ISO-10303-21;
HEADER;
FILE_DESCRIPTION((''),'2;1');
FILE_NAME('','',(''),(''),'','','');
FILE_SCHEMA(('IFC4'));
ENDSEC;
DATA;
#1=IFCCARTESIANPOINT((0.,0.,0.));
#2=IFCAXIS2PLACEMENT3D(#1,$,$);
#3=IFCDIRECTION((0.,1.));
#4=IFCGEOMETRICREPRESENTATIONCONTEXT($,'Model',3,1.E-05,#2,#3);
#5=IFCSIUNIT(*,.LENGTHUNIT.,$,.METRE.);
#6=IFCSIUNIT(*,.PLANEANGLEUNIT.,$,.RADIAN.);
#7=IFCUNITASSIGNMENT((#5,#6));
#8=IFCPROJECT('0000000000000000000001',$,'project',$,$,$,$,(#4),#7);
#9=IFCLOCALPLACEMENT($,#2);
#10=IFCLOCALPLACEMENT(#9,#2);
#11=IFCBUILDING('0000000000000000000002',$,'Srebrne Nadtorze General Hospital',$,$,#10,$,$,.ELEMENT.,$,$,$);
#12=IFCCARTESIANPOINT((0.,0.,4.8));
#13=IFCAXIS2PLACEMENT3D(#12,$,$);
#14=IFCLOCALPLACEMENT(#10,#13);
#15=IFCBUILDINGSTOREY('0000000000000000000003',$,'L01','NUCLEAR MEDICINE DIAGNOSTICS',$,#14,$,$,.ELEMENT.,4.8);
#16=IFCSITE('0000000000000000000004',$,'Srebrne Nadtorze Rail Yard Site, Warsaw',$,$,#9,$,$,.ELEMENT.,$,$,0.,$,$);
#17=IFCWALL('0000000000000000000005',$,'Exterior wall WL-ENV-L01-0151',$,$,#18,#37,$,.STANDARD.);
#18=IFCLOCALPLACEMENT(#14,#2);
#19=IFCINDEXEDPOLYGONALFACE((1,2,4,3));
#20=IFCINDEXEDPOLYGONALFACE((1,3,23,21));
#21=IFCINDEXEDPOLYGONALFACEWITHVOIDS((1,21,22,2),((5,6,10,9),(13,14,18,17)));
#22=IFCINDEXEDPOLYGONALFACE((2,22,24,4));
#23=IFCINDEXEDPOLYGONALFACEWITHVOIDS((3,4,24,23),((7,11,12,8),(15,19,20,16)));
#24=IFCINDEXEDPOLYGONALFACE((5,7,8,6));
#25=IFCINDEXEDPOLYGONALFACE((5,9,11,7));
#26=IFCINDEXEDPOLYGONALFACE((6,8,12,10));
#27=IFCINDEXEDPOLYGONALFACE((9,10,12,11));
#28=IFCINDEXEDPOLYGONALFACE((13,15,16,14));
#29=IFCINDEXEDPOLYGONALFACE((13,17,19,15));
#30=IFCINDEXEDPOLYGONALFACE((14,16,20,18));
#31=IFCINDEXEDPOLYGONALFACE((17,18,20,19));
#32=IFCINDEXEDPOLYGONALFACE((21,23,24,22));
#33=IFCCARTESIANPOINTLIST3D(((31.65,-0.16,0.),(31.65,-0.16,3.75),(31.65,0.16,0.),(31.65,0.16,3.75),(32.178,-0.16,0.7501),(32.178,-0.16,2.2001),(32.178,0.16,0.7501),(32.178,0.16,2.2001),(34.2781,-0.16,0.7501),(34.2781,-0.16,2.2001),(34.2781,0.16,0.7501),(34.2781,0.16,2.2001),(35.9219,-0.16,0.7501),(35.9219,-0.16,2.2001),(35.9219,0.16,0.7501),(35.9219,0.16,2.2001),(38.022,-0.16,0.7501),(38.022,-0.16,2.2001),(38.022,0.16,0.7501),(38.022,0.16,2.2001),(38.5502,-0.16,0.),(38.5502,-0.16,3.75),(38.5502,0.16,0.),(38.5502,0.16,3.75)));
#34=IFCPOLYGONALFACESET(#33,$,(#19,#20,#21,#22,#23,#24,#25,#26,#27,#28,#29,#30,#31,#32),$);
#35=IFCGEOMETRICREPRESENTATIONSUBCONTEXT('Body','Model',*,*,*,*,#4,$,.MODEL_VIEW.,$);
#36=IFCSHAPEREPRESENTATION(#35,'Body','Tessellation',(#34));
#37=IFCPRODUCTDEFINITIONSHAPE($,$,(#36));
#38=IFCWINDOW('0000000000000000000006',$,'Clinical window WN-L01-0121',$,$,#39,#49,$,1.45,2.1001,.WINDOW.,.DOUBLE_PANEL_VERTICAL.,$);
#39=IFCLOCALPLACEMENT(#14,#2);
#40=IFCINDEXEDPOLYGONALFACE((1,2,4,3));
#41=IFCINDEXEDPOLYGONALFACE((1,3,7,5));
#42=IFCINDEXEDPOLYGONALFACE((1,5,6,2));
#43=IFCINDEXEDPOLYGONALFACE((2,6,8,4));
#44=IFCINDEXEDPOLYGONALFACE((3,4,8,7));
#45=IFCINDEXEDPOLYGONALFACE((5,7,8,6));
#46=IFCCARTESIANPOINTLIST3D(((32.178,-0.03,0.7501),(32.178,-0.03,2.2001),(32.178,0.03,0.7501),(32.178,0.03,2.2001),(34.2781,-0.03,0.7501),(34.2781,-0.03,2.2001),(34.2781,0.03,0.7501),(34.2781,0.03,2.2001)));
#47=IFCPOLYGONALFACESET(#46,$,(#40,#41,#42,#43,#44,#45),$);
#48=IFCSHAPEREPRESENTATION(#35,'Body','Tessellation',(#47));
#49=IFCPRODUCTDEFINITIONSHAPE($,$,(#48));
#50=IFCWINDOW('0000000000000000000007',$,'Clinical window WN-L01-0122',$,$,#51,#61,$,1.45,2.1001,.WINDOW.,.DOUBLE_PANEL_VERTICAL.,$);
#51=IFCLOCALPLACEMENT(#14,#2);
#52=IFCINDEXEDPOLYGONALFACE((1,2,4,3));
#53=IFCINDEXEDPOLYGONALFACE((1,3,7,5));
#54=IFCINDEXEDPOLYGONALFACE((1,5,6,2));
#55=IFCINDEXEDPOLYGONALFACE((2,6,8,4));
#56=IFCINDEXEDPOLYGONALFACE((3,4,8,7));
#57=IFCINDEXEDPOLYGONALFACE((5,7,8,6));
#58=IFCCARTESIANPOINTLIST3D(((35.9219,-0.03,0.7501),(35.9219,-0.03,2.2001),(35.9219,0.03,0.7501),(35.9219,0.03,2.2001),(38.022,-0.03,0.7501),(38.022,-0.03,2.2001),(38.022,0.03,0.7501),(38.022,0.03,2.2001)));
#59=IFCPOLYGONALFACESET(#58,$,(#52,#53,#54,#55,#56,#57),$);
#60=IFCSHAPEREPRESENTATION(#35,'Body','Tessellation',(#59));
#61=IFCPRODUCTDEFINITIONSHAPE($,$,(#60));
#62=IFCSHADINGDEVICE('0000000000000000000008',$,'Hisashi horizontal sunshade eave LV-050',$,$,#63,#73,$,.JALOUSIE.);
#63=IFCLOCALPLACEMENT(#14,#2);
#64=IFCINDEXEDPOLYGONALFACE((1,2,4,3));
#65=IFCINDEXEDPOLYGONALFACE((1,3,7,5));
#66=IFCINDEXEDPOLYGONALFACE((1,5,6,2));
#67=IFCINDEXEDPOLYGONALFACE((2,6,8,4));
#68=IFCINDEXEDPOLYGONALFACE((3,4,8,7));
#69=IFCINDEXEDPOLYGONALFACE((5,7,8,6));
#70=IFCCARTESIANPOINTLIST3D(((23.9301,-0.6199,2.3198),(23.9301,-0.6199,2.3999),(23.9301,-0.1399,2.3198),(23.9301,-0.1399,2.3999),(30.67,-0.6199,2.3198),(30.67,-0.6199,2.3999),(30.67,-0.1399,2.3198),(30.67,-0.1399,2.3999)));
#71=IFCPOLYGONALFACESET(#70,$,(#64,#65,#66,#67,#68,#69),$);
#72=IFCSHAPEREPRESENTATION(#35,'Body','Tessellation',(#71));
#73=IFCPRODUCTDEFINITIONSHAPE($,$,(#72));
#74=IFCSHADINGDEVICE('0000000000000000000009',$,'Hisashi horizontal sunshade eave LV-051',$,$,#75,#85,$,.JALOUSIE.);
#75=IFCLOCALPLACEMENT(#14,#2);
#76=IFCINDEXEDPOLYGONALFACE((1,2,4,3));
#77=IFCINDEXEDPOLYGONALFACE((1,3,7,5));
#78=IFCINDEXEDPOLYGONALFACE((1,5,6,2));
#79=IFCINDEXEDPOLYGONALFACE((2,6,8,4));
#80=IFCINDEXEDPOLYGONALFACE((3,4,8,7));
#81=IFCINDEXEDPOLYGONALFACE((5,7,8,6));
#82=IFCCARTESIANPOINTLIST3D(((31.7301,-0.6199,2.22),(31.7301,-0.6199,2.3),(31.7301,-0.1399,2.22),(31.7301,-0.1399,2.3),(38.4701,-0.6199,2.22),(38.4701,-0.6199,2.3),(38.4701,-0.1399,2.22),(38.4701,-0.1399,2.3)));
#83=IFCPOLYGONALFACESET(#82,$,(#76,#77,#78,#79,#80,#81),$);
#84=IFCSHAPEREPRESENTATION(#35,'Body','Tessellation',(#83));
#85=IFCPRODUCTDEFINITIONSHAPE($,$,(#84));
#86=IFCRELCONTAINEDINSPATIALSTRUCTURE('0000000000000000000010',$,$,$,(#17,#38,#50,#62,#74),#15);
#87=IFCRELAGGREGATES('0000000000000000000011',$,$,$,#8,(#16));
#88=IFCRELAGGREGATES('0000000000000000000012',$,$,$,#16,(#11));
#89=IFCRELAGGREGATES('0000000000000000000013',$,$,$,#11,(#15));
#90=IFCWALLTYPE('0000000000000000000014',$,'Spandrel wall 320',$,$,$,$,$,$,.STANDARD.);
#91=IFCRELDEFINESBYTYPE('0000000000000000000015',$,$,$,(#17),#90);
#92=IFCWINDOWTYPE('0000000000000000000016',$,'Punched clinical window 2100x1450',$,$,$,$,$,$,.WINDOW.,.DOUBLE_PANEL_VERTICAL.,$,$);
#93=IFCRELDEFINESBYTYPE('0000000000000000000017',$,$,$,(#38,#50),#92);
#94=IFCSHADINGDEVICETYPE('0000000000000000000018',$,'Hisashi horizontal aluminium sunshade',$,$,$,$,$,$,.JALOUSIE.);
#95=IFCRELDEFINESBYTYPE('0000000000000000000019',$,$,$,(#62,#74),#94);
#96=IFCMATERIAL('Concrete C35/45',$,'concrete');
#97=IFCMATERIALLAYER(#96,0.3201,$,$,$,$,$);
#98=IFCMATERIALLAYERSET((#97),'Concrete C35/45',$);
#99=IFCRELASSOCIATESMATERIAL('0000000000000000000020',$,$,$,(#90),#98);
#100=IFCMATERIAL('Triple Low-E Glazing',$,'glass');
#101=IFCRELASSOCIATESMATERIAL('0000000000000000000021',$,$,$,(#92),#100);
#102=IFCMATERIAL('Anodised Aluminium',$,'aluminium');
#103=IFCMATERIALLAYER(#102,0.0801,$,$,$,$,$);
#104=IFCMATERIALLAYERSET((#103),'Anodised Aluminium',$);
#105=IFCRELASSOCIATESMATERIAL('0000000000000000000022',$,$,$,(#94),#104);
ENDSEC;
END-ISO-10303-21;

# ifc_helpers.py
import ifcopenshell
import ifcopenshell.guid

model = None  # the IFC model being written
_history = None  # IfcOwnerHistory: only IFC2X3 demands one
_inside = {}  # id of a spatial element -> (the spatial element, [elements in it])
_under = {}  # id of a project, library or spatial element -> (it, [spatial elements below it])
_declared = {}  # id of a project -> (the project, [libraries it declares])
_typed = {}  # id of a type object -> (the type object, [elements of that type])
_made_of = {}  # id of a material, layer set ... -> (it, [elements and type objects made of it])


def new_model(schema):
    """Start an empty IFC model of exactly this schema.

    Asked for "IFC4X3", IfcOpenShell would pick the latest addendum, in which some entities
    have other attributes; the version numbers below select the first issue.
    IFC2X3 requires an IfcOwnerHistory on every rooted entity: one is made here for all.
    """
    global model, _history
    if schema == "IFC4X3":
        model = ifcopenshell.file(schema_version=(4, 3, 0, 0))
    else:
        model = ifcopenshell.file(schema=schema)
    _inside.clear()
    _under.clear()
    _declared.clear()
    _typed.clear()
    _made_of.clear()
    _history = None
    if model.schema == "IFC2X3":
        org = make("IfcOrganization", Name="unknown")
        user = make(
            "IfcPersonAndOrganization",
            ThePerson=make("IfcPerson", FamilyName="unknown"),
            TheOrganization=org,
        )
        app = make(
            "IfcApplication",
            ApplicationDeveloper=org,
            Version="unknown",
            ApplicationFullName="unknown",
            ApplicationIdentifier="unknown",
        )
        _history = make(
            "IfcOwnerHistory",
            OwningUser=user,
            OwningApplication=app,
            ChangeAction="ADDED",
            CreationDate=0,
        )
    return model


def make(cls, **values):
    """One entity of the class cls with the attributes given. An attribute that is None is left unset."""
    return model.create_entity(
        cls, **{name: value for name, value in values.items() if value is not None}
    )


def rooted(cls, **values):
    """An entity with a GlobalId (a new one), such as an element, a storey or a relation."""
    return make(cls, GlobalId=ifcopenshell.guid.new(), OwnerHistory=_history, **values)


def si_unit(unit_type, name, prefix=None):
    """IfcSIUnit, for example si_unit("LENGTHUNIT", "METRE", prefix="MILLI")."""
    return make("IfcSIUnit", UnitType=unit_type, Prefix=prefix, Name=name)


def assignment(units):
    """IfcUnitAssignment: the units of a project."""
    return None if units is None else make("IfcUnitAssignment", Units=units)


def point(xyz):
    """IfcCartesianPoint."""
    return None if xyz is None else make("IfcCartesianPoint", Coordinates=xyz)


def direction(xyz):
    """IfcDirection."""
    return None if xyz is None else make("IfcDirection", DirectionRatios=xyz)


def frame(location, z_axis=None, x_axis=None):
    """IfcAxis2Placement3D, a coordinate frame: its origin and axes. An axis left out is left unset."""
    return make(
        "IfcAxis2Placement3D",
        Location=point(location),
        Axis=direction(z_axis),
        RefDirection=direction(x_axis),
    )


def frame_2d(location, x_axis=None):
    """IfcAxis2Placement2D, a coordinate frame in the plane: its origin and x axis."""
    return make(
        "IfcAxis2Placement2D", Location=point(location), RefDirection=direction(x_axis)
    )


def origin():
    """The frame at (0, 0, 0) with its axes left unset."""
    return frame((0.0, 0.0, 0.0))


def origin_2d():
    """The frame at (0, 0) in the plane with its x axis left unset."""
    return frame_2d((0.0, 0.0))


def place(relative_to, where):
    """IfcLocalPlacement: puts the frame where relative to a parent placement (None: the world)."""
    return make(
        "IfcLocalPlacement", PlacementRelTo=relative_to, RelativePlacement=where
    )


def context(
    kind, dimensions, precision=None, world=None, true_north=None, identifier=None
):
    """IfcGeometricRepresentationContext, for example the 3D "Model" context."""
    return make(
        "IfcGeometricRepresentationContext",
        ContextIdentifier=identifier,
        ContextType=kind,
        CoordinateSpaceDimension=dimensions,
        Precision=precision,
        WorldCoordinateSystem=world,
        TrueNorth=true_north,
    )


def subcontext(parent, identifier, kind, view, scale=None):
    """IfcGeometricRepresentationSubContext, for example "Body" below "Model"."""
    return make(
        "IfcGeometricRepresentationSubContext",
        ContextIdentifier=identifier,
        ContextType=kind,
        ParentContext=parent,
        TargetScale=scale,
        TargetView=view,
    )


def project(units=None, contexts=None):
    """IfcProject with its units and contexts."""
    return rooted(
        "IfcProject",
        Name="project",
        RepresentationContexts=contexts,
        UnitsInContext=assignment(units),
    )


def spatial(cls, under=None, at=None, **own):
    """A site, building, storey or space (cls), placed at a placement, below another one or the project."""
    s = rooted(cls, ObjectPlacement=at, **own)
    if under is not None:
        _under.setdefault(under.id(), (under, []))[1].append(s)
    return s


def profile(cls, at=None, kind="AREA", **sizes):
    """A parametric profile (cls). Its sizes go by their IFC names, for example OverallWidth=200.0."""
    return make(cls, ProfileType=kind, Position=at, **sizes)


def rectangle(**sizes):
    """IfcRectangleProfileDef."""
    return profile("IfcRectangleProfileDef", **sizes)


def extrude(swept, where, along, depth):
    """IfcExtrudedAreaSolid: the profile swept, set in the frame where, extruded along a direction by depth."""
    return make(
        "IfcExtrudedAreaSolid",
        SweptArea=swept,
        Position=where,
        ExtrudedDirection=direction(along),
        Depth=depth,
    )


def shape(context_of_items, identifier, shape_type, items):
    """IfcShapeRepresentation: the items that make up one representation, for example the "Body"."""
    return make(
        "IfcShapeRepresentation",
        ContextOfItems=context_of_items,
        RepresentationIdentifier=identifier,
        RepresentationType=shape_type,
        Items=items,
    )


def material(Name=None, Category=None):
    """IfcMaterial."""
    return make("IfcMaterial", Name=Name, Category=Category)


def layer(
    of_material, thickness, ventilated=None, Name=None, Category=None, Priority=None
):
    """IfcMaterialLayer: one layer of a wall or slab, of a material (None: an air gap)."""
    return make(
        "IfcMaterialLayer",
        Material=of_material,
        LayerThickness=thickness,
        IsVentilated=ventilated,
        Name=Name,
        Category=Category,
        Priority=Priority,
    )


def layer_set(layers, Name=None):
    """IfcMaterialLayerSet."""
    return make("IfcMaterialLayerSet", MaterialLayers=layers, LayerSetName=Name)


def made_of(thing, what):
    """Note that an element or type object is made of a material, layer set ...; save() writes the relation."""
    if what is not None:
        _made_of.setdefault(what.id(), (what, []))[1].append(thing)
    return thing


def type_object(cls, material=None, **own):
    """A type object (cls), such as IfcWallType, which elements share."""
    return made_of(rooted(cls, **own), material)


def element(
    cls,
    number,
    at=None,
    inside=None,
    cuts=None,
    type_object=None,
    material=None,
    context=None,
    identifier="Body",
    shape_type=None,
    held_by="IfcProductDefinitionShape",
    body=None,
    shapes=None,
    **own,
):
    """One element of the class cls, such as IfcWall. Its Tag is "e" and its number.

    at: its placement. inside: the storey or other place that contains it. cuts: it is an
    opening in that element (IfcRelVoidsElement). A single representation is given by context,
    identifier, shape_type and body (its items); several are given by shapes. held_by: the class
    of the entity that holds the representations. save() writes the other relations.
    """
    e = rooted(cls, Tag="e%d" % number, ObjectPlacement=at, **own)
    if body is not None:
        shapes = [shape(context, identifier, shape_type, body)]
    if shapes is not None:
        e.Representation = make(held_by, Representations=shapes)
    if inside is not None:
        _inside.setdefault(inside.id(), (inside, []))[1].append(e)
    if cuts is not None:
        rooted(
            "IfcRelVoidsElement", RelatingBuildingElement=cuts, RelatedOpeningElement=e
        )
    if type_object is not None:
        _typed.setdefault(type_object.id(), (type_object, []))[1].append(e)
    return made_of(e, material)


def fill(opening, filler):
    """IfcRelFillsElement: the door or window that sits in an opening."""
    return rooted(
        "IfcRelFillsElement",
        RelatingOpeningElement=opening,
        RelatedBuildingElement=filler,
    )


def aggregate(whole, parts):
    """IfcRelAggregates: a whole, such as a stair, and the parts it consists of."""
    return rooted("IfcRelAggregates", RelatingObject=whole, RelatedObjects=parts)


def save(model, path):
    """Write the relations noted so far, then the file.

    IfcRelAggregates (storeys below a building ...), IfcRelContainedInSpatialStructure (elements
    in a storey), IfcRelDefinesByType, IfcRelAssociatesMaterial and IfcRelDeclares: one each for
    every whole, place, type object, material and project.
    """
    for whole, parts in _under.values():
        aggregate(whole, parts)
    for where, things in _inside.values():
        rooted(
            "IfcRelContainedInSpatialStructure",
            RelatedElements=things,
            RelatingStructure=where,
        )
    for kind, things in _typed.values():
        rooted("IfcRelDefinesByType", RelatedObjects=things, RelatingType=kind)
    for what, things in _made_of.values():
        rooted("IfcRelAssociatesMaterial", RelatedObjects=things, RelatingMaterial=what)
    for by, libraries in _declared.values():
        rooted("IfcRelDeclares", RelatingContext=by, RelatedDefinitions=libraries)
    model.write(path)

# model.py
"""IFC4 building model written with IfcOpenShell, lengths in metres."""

from ifc_helpers import new_model, si_unit, direction, frame, frame_2d, origin, origin_2d, place, context, subcontext, project, spatial, rectangle, extrude, material, layer, layer_set, type_object, element, fill, save


model = new_model("IFC4")

# Units and contexts
model_context = context("Model", 3, precision=1e-05, world=origin(), true_north=direction((0.0, 1.0)))
body_context = subcontext(model_context, "Body", "Model", "MODEL_VIEW")
ifc_project = project(units=[si_unit("LENGTHUNIT", "METRE"), si_unit("PLANEANGLEUNIT", "RADIAN")], contexts=[model_context])

# Site, building, storey
site_placement = place(None, origin())
site = spatial("IfcSite", under=ifc_project, at=site_placement, Name="Srebrne Nadtorze Rail Yard Site, Warsaw", CompositionType="ELEMENT", RefElevation=0.0)
building_placement = place(site_placement, origin())
building = spatial("IfcBuilding", under=site, at=building_placement, Name="Srebrne Nadtorze General Hospital", CompositionType="ELEMENT")
storey_placement = place(building_placement, frame((0.0, 0.0, 4.8)))
storey = spatial("IfcBuildingStorey", under=building, at=storey_placement, Name="L01", Description="NUCLEAR MEDICINE DIAGNOSTICS", CompositionType="ELEMENT", Elevation=4.8)

# Wall, openings, windows
ifc_material_1 = material(Name="Concrete C35/45", Category="concrete")
ifc_layer_1 = layer(ifc_material_1, 0.3201)
ifc_layer_set_1 = layer_set([ifc_layer_1], Name="Concrete C35/45")
wall_type_1 = type_object("IfcWallType", Name="Spandrel wall 320", PredefinedType="STANDARD", material=ifc_layer_set_1)
wall_1_placement = place(storey_placement, frame((31.6499, 0.0, 0.0), z_axis=(0.0, 0.0, 1.0), x_axis=(1.0, 0.0, 0.0)))
wall_1 = element("IfcWall", 1, at=wall_1_placement, inside=storey, type_object=wall_type_1, Name="Exterior wall WL-ENV-L01-0151", PredefinedType="STANDARD", context=body_context, shape_type="SweptSolid", body=[
    extrude(rectangle(XDim=6.9001, YDim=0.3201, at=frame_2d((3.4502, 0.0))), origin(), (0.0, 0.0, 1.0), 3.75),
])
opening_1_placement = place(wall_1_placement, frame((0.5281, 0.0, 0.75)))
opening_1 = element("IfcOpeningElement", 2, at=opening_1_placement, cuts=wall_1, PredefinedType="OPENING", context=body_context, shape_type="SweptSolid", body=[
    extrude(rectangle(XDim=2.1001, YDim=1.45, at=frame_2d((1.05, 0.7251))), frame((0.0, 0.1719, 0.0), z_axis=(0.0, -1.0, 0.0), x_axis=(1.0, 0.0, 0.0)), (0.0, 0.0, 1.0), 0.344),
])
opening_2_placement = place(wall_1_placement, frame((4.272, 0.0, 0.75)))
opening_2 = element("IfcOpeningElement", 3, at=opening_2_placement, cuts=wall_1, PredefinedType="OPENING", context=body_context, shape_type="SweptSolid", body=[
    extrude(rectangle(XDim=2.1001, YDim=1.45, at=frame_2d((1.05, 0.7251))), frame((0.0, 0.1719, 0.0), z_axis=(0.0, -1.0, 0.0), x_axis=(1.0, 0.0, 0.0)), (0.0, 0.0, 1.0), 0.344),
])
ifc_material_2 = material(Name="Triple Low-E Glazing", Category="glass")
window_type_1 = type_object("IfcWindowType", Name="Punched clinical window 2100x1450", PartitioningType="DOUBLE_PANEL_VERTICAL", PredefinedType="WINDOW", material=ifc_material_2)
window_1_placement = place(opening_1_placement, origin())
window_1 = element("IfcWindow", 4, at=window_1_placement, inside=storey, type_object=window_type_1, Name="Clinical window WN-L01-0121", OverallHeight=1.45, OverallWidth=2.1001, PartitioningType="DOUBLE_PANEL_VERTICAL", PredefinedType="WINDOW", context=body_context, shape_type="SweptSolid", body=[
    extrude(rectangle(XDim=2.1001, YDim=1.45, at=frame_2d((1.05, 0.7251))), frame((0.0, 0.03, 0.0), z_axis=(0.0, -1.0, 0.0), x_axis=(1.0, 0.0, 0.0)), (0.0, 0.0, 1.0), 0.0601),
])
fill(opening_1, window_1)
window_2_placement = place(opening_2_placement, origin())
window_2 = element("IfcWindow", 5, at=window_2_placement, inside=storey, type_object=window_type_1, Name="Clinical window WN-L01-0122", OverallHeight=1.45, OverallWidth=2.1001, PartitioningType="DOUBLE_PANEL_VERTICAL", PredefinedType="WINDOW", context=body_context, shape_type="SweptSolid", body=[
    extrude(rectangle(XDim=2.1001, YDim=1.45, at=frame_2d((1.05, 0.7251))), frame((0.0, 0.03, 0.0), z_axis=(0.0, -1.0, 0.0), x_axis=(1.0, 0.0, 0.0)), (0.0, 0.0, 1.0), 0.0601),
])
fill(opening_2, window_2)

# Shading devices
ifc_material_3 = material(Name="Anodised Aluminium", Category="aluminium")
ifc_layer_2 = layer(ifc_material_3, 0.0801)
ifc_layer_set_2 = layer_set([ifc_layer_2], Name="Anodised Aluminium")
shading_device_type = type_object("IfcShadingDeviceType", Name="Hisashi horizontal aluminium sunshade", PredefinedType="JALOUSIE", material=ifc_layer_set_2)
for number, where, z_axis, x_axis, name in (
    (6, (27.3, -0.3799, 2.3198), (0.0, 0.0, 1.0), (1.0, 0.0, 0.0), "Hisashi horizontal sunshade eave LV-050"),
    (7, (35.1001, -0.3799, 2.22), (0.0, 0.0, 1.0), (1.0, 0.0, 0.0), "Hisashi horizontal sunshade eave LV-051"),
):
    element("IfcShadingDevice", number, at=place(storey_placement, frame(where, z_axis=z_axis, x_axis=x_axis)), inside=storey, type_object=shading_device_type, Name=name, PredefinedType="JALOUSIE", context=body_context, shape_type="SweptSolid", body=[
        extrude(rectangle(XDim=6.74, YDim=0.48, at=origin_2d()), origin(), (0.0, 0.0, 1.0), 0.0801),
    ])

save(model, "model.ifc")
